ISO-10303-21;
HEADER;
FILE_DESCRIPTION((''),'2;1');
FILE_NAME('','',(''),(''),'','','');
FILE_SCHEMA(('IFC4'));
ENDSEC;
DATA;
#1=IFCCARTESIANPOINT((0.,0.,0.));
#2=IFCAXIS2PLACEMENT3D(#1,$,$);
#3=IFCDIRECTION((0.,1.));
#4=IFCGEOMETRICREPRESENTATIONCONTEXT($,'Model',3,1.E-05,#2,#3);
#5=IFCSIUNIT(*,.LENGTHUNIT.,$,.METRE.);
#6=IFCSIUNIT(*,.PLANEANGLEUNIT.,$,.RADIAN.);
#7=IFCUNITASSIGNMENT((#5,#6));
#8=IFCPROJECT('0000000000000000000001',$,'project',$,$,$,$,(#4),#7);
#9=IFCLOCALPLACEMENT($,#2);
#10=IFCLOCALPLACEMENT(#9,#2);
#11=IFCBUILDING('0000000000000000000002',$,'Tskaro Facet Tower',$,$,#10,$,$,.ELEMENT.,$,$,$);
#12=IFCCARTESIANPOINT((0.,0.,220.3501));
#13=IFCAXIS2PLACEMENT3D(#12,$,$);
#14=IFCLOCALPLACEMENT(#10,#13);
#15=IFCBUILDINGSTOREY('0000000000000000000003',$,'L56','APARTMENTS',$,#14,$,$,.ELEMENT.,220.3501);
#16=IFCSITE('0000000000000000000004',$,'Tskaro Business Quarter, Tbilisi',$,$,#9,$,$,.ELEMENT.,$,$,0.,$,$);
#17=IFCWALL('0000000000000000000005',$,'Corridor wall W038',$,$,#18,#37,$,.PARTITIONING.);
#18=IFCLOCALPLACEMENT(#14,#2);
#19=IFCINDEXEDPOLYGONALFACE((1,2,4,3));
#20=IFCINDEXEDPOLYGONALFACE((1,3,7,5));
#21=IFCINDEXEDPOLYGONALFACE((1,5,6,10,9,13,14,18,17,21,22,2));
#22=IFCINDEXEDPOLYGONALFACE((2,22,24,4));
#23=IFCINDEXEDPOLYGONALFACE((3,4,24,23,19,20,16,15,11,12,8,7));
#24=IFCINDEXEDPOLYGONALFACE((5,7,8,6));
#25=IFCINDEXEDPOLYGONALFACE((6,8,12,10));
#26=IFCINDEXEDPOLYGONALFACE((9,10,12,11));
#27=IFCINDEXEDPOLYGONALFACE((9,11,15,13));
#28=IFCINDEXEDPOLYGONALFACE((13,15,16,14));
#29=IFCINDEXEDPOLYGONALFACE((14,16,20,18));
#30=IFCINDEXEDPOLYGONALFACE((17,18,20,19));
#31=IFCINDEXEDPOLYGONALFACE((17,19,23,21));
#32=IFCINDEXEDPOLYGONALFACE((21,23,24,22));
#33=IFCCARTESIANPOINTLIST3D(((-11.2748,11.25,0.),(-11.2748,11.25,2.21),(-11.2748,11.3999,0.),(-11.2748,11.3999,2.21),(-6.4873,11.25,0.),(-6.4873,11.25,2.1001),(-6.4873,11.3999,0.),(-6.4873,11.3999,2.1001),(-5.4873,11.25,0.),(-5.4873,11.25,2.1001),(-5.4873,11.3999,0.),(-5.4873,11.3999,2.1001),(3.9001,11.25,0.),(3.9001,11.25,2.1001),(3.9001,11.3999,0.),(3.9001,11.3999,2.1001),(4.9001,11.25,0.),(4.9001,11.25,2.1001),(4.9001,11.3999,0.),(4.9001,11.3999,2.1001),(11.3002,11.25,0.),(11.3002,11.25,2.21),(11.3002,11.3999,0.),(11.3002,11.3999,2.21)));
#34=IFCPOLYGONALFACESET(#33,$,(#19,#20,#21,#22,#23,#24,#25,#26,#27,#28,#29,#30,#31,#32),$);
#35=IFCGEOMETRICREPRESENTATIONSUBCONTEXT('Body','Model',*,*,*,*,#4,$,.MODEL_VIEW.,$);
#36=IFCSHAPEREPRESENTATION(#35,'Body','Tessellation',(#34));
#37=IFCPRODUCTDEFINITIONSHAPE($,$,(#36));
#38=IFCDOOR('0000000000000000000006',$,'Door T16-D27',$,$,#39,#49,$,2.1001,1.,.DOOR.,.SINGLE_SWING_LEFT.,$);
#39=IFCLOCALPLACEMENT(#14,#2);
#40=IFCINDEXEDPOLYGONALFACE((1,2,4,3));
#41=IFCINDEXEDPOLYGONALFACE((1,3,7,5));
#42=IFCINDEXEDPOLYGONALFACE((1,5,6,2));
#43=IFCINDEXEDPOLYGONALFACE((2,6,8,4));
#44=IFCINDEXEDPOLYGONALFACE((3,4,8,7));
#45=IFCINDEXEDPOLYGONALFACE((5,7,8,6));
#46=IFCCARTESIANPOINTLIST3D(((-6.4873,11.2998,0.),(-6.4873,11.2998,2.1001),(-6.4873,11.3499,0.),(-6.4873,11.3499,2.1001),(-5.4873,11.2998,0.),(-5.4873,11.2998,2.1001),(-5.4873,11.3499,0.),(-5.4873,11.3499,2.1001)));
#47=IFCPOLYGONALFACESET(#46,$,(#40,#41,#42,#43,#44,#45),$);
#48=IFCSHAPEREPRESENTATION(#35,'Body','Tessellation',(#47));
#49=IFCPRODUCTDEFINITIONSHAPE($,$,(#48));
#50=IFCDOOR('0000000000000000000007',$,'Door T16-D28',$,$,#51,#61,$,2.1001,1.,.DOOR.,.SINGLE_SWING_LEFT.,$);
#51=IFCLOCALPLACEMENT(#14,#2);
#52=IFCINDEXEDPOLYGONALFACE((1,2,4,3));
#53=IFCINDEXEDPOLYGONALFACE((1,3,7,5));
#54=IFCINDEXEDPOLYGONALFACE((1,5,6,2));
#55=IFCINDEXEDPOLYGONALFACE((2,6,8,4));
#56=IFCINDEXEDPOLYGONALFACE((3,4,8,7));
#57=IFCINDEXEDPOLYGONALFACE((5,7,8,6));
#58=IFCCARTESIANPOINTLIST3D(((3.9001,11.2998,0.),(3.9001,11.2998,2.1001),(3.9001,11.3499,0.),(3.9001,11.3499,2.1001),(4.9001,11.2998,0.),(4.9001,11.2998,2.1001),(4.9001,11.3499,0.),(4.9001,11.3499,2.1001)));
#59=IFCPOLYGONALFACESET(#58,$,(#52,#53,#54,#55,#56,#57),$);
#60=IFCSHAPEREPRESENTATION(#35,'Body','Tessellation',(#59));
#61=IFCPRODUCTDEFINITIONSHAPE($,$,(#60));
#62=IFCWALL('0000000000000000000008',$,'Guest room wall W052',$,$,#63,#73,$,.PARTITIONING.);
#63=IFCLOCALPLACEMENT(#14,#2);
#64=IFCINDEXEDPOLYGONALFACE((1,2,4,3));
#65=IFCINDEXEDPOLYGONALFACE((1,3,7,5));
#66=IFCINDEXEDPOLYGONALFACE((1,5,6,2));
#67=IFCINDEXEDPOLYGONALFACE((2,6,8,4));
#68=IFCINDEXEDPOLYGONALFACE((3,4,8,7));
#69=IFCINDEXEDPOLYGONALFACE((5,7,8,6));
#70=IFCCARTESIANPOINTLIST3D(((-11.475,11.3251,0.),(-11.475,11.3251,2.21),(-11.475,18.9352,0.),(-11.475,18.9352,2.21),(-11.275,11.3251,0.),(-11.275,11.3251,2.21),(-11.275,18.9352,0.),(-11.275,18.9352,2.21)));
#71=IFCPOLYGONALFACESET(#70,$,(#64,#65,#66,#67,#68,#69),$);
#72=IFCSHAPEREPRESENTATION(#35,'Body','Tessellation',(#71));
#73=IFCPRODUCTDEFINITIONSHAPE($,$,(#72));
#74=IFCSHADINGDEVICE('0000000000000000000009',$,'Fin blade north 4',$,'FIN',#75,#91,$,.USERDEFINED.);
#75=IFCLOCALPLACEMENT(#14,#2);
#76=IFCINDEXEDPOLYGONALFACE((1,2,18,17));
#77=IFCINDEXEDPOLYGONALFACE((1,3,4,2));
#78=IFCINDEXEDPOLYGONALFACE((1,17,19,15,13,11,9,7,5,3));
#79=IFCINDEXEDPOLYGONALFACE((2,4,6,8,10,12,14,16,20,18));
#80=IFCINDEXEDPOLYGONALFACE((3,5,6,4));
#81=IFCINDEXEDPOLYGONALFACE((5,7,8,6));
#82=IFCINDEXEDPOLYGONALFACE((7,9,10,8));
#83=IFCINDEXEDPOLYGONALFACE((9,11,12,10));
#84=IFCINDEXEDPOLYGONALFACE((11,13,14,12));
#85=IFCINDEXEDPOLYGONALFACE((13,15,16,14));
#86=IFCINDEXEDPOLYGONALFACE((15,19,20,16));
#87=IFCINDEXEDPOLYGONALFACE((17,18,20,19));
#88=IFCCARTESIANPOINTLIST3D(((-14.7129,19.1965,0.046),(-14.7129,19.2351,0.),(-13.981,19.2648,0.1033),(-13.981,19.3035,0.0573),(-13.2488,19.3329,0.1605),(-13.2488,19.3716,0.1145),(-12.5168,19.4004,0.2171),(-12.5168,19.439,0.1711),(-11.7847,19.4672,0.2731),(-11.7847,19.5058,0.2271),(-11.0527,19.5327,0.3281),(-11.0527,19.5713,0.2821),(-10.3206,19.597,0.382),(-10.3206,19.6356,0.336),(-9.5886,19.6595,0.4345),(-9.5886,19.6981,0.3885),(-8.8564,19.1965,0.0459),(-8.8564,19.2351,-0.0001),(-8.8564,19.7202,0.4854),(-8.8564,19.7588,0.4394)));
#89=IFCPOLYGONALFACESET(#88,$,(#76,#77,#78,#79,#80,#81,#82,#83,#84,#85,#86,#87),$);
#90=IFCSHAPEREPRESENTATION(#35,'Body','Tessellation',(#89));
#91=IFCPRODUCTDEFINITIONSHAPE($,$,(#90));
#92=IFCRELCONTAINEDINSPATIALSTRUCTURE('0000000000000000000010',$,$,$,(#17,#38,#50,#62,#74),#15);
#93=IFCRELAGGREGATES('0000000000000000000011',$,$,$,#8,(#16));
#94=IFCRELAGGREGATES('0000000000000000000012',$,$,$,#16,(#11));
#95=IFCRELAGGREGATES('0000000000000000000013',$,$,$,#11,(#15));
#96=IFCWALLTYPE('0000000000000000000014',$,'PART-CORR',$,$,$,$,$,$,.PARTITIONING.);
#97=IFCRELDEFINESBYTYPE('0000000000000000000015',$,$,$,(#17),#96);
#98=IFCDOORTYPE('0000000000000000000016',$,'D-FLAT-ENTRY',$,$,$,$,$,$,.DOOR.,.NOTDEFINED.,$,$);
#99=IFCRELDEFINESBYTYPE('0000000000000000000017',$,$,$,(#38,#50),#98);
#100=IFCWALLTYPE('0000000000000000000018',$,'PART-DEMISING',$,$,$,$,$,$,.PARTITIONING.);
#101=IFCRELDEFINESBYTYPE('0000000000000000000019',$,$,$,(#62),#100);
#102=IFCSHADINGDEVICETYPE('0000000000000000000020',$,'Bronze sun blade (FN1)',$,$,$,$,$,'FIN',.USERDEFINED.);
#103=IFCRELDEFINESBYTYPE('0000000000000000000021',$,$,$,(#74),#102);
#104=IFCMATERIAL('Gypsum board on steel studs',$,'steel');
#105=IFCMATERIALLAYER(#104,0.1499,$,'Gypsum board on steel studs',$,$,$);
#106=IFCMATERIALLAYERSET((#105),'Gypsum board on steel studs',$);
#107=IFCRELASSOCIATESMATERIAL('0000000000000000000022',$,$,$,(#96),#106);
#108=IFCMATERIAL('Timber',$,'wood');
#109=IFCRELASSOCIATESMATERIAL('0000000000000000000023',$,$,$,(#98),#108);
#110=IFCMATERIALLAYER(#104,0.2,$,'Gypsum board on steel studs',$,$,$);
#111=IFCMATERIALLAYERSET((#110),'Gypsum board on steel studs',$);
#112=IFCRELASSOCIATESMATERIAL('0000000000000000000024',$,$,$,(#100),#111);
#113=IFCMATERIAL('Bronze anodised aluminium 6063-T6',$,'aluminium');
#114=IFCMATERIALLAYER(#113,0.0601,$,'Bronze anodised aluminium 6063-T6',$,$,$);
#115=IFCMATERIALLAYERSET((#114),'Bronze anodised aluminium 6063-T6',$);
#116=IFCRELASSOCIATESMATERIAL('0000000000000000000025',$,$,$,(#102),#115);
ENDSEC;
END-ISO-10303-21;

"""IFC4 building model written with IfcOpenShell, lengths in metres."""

from ifc_helpers import new_model, si_unit, direction, frame, frame_2d, origin, place, context, subcontext, project, spatial, polyline, rectangle, outline, extrude, material, layer, layer_set, type_object, element, fill, save


model = new_model("IFC4")

# Units and contexts
model_context = context("Model", 3, precision=1e-05, world=origin(), true_north=direction((0.0, 1.0)))
body_context = subcontext(model_context, "Body", "Model", "MODEL_VIEW")
ifc_project = project(units=[si_unit("LENGTHUNIT", "METRE"), si_unit("PLANEANGLEUNIT", "RADIAN")], contexts=[model_context])

# Site, building, storey
site_placement = place(None, origin())
site = spatial("IfcSite", under=ifc_project, at=site_placement, Name="Tskaro Business Quarter, Tbilisi", CompositionType="ELEMENT", RefElevation=0.0)
building_placement = place(site_placement, origin())
building = spatial("IfcBuilding", under=site, at=building_placement, Name="Tskaro Facet Tower", CompositionType="ELEMENT")
storey_placement = place(building_placement, frame((0.0, 0.0, 220.3501)))
storey = spatial("IfcBuildingStorey", under=building, at=storey_placement, Name="L56", Description="APARTMENTS", CompositionType="ELEMENT", Elevation=220.3501)

# Shared definitions
ifc_material_1 = material(Name="Bronze anodised aluminium 6063-T6", Category="aluminium")

# Shared definitions
ifc_material_2 = material(Name="Gypsum board on steel studs", Category="steel")

# Shared definitions
ifc_material_3 = material(Name="Timber", Category="wood")

# Wall, openings, doors
ifc_layer_1 = layer(ifc_material_2, 0.1499, Name="Gypsum board on steel studs")
ifc_layer_set_1 = layer_set([ifc_layer_1], Name="Gypsum board on steel studs")
wall_type_1 = type_object("IfcWallType", Name="PART-CORR", PredefinedType="PARTITIONING", material=ifc_layer_set_1)
wall_1_placement = place(storey_placement, frame((-11.2749, 11.325, 0.0), z_axis=(0.0, 0.0, 1.0), x_axis=(1.0, 0.0, 0.0)))
wall_1 = element("IfcWall", 1, at=wall_1_placement, inside=storey, type_object=wall_type_1, Name="Corridor wall W038", PredefinedType="PARTITIONING", context=body_context, shape_type="SweptSolid", body=[
    extrude(rectangle(XDim=22.575, YDim=0.1499, at=frame_2d((11.2876, 0.0))), origin(), (0.0, 0.0, 1.0), 2.21),
])
opening_1_placement = place(wall_1_placement, frame((4.7876, 0.0, 0.0)))
opening_1 = element("IfcOpeningElement", 2, at=opening_1_placement, cuts=wall_1, PredefinedType="OPENING", context=body_context, shape_type="SweptSolid", body=[
    extrude(rectangle(XDim=1.0, YDim=2.1001, at=frame_2d((0.5, 1.05))), frame((0.0, 0.085, 0.0), z_axis=(0.0, -1.0, 0.0), x_axis=(1.0, 0.0, 0.0)), (0.0, 0.0, 1.0), 0.1699),
])
opening_2_placement = place(wall_1_placement, frame((15.175, 0.0, 0.0)))
opening_2 = element("IfcOpeningElement", 3, at=opening_2_placement, cuts=wall_1, PredefinedType="OPENING", context=body_context, shape_type="SweptSolid", body=[
    extrude(rectangle(XDim=1.0, YDim=2.1001, at=frame_2d((0.5, 1.05))), frame((0.0, 0.085, 0.0), z_axis=(0.0, -1.0, 0.0), x_axis=(1.0, 0.0, 0.0)), (0.0, 0.0, 1.0), 0.1699),
])
door_type_1 = type_object("IfcDoorType", Name="D-FLAT-ENTRY", OperationType="NOTDEFINED", PredefinedType="DOOR", material=ifc_material_3)
door_1_placement = place(opening_1_placement, origin())
door_1 = element("IfcDoor", 4, at=door_1_placement, inside=storey, type_object=door_type_1, Name="Door T16-D27", OperationType="SINGLE_SWING_LEFT", OverallHeight=2.1001, OverallWidth=1.0, PredefinedType="DOOR", context=body_context, shape_type="SweptSolid", body=[
    extrude(rectangle(XDim=1.0, YDim=2.1001, at=frame_2d((0.5, 1.05))), frame((0.0, 0.0249, 0.0), z_axis=(0.0, -1.0, 0.0), x_axis=(1.0, 0.0, 0.0)), (0.0, 0.0, 1.0), 0.05),
])
fill(opening_1, door_1)
door_2_placement = place(opening_2_placement, origin())
door_2 = element("IfcDoor", 5, at=door_2_placement, inside=storey, type_object=door_type_1, Name="Door T16-D28", OperationType="SINGLE_SWING_LEFT", OverallHeight=2.1001, OverallWidth=1.0, PredefinedType="DOOR", context=body_context, shape_type="SweptSolid", body=[
    extrude(rectangle(XDim=1.0, YDim=2.1001, at=frame_2d((0.5, 1.05))), frame((0.0, 0.0249, 0.0), z_axis=(0.0, -1.0, 0.0), x_axis=(1.0, 0.0, 0.0)), (0.0, 0.0, 1.0), 0.05),
])
fill(opening_2, door_2)

# Wall
ifc_layer_2 = layer(ifc_material_2, 0.2, Name="Gypsum board on steel studs")
ifc_layer_set_2 = layer_set([ifc_layer_2], Name="Gypsum board on steel studs")
wall_type_2 = type_object("IfcWallType", Name="PART-DEMISING", PredefinedType="PARTITIONING", material=ifc_layer_set_2)
wall_2_placement = place(storey_placement, frame((-11.375, 11.325, 0.0), z_axis=(0.0, 0.0, 1.0), x_axis=(0.0, 1.0, 0.0)))
element("IfcWall", 6, at=wall_2_placement, inside=storey, type_object=wall_type_2, Name="Guest room wall W052", PredefinedType="PARTITIONING", context=body_context, shape_type="SweptSolid", body=[
    extrude(rectangle(XDim=7.6101, YDim=0.2, at=frame_2d((3.8052, 0.0))), origin(), (0.0, 0.0, 1.0), 2.21),
])

# Shading device
ifc_layer_3 = layer(ifc_material_1, 0.0601, Name="Bronze anodised aluminium 6063-T6")
ifc_layer_set_3 = layer_set([ifc_layer_3], Name="Bronze anodised aluminium 6063-T6")
shading_device_type = type_object("IfcShadingDeviceType", Name="Bronze sun blade (FN1)", ElementType="FIN", PredefinedType="USERDEFINED", material=ifc_layer_set_3)
shading_device_placement = place(storey_placement, frame((-8.8564, 19.1965, 0.0459), z_axis=(0.000014, -0.642908, 0.765943), x_axis=(-1.0, -0.000009, 0.00001)))
element("IfcShadingDevice", 7, at=shading_device_placement, inside=storey, type_object=shading_device_type, Name="Fin blade north 4", ObjectType="FIN", PredefinedType="USERDEFINED", context=body_context, shape_type="SweptSolid", body=[
    extrude(outline(polyline([(0.0, 0.0), (5.8564, 0.0), (5.1245, -0.0892), (4.3923, -0.1781), (3.6604, -0.2662), (2.9282, -0.3534), (2.1963, -0.4389), (1.4641, -0.5228), (0.7322, -0.6044), (0.0, -0.6836), (0.0, 0.0)])), origin(), (0.0, 0.0, -1.0), 0.0601),
])

save(model, "model.ifc")
